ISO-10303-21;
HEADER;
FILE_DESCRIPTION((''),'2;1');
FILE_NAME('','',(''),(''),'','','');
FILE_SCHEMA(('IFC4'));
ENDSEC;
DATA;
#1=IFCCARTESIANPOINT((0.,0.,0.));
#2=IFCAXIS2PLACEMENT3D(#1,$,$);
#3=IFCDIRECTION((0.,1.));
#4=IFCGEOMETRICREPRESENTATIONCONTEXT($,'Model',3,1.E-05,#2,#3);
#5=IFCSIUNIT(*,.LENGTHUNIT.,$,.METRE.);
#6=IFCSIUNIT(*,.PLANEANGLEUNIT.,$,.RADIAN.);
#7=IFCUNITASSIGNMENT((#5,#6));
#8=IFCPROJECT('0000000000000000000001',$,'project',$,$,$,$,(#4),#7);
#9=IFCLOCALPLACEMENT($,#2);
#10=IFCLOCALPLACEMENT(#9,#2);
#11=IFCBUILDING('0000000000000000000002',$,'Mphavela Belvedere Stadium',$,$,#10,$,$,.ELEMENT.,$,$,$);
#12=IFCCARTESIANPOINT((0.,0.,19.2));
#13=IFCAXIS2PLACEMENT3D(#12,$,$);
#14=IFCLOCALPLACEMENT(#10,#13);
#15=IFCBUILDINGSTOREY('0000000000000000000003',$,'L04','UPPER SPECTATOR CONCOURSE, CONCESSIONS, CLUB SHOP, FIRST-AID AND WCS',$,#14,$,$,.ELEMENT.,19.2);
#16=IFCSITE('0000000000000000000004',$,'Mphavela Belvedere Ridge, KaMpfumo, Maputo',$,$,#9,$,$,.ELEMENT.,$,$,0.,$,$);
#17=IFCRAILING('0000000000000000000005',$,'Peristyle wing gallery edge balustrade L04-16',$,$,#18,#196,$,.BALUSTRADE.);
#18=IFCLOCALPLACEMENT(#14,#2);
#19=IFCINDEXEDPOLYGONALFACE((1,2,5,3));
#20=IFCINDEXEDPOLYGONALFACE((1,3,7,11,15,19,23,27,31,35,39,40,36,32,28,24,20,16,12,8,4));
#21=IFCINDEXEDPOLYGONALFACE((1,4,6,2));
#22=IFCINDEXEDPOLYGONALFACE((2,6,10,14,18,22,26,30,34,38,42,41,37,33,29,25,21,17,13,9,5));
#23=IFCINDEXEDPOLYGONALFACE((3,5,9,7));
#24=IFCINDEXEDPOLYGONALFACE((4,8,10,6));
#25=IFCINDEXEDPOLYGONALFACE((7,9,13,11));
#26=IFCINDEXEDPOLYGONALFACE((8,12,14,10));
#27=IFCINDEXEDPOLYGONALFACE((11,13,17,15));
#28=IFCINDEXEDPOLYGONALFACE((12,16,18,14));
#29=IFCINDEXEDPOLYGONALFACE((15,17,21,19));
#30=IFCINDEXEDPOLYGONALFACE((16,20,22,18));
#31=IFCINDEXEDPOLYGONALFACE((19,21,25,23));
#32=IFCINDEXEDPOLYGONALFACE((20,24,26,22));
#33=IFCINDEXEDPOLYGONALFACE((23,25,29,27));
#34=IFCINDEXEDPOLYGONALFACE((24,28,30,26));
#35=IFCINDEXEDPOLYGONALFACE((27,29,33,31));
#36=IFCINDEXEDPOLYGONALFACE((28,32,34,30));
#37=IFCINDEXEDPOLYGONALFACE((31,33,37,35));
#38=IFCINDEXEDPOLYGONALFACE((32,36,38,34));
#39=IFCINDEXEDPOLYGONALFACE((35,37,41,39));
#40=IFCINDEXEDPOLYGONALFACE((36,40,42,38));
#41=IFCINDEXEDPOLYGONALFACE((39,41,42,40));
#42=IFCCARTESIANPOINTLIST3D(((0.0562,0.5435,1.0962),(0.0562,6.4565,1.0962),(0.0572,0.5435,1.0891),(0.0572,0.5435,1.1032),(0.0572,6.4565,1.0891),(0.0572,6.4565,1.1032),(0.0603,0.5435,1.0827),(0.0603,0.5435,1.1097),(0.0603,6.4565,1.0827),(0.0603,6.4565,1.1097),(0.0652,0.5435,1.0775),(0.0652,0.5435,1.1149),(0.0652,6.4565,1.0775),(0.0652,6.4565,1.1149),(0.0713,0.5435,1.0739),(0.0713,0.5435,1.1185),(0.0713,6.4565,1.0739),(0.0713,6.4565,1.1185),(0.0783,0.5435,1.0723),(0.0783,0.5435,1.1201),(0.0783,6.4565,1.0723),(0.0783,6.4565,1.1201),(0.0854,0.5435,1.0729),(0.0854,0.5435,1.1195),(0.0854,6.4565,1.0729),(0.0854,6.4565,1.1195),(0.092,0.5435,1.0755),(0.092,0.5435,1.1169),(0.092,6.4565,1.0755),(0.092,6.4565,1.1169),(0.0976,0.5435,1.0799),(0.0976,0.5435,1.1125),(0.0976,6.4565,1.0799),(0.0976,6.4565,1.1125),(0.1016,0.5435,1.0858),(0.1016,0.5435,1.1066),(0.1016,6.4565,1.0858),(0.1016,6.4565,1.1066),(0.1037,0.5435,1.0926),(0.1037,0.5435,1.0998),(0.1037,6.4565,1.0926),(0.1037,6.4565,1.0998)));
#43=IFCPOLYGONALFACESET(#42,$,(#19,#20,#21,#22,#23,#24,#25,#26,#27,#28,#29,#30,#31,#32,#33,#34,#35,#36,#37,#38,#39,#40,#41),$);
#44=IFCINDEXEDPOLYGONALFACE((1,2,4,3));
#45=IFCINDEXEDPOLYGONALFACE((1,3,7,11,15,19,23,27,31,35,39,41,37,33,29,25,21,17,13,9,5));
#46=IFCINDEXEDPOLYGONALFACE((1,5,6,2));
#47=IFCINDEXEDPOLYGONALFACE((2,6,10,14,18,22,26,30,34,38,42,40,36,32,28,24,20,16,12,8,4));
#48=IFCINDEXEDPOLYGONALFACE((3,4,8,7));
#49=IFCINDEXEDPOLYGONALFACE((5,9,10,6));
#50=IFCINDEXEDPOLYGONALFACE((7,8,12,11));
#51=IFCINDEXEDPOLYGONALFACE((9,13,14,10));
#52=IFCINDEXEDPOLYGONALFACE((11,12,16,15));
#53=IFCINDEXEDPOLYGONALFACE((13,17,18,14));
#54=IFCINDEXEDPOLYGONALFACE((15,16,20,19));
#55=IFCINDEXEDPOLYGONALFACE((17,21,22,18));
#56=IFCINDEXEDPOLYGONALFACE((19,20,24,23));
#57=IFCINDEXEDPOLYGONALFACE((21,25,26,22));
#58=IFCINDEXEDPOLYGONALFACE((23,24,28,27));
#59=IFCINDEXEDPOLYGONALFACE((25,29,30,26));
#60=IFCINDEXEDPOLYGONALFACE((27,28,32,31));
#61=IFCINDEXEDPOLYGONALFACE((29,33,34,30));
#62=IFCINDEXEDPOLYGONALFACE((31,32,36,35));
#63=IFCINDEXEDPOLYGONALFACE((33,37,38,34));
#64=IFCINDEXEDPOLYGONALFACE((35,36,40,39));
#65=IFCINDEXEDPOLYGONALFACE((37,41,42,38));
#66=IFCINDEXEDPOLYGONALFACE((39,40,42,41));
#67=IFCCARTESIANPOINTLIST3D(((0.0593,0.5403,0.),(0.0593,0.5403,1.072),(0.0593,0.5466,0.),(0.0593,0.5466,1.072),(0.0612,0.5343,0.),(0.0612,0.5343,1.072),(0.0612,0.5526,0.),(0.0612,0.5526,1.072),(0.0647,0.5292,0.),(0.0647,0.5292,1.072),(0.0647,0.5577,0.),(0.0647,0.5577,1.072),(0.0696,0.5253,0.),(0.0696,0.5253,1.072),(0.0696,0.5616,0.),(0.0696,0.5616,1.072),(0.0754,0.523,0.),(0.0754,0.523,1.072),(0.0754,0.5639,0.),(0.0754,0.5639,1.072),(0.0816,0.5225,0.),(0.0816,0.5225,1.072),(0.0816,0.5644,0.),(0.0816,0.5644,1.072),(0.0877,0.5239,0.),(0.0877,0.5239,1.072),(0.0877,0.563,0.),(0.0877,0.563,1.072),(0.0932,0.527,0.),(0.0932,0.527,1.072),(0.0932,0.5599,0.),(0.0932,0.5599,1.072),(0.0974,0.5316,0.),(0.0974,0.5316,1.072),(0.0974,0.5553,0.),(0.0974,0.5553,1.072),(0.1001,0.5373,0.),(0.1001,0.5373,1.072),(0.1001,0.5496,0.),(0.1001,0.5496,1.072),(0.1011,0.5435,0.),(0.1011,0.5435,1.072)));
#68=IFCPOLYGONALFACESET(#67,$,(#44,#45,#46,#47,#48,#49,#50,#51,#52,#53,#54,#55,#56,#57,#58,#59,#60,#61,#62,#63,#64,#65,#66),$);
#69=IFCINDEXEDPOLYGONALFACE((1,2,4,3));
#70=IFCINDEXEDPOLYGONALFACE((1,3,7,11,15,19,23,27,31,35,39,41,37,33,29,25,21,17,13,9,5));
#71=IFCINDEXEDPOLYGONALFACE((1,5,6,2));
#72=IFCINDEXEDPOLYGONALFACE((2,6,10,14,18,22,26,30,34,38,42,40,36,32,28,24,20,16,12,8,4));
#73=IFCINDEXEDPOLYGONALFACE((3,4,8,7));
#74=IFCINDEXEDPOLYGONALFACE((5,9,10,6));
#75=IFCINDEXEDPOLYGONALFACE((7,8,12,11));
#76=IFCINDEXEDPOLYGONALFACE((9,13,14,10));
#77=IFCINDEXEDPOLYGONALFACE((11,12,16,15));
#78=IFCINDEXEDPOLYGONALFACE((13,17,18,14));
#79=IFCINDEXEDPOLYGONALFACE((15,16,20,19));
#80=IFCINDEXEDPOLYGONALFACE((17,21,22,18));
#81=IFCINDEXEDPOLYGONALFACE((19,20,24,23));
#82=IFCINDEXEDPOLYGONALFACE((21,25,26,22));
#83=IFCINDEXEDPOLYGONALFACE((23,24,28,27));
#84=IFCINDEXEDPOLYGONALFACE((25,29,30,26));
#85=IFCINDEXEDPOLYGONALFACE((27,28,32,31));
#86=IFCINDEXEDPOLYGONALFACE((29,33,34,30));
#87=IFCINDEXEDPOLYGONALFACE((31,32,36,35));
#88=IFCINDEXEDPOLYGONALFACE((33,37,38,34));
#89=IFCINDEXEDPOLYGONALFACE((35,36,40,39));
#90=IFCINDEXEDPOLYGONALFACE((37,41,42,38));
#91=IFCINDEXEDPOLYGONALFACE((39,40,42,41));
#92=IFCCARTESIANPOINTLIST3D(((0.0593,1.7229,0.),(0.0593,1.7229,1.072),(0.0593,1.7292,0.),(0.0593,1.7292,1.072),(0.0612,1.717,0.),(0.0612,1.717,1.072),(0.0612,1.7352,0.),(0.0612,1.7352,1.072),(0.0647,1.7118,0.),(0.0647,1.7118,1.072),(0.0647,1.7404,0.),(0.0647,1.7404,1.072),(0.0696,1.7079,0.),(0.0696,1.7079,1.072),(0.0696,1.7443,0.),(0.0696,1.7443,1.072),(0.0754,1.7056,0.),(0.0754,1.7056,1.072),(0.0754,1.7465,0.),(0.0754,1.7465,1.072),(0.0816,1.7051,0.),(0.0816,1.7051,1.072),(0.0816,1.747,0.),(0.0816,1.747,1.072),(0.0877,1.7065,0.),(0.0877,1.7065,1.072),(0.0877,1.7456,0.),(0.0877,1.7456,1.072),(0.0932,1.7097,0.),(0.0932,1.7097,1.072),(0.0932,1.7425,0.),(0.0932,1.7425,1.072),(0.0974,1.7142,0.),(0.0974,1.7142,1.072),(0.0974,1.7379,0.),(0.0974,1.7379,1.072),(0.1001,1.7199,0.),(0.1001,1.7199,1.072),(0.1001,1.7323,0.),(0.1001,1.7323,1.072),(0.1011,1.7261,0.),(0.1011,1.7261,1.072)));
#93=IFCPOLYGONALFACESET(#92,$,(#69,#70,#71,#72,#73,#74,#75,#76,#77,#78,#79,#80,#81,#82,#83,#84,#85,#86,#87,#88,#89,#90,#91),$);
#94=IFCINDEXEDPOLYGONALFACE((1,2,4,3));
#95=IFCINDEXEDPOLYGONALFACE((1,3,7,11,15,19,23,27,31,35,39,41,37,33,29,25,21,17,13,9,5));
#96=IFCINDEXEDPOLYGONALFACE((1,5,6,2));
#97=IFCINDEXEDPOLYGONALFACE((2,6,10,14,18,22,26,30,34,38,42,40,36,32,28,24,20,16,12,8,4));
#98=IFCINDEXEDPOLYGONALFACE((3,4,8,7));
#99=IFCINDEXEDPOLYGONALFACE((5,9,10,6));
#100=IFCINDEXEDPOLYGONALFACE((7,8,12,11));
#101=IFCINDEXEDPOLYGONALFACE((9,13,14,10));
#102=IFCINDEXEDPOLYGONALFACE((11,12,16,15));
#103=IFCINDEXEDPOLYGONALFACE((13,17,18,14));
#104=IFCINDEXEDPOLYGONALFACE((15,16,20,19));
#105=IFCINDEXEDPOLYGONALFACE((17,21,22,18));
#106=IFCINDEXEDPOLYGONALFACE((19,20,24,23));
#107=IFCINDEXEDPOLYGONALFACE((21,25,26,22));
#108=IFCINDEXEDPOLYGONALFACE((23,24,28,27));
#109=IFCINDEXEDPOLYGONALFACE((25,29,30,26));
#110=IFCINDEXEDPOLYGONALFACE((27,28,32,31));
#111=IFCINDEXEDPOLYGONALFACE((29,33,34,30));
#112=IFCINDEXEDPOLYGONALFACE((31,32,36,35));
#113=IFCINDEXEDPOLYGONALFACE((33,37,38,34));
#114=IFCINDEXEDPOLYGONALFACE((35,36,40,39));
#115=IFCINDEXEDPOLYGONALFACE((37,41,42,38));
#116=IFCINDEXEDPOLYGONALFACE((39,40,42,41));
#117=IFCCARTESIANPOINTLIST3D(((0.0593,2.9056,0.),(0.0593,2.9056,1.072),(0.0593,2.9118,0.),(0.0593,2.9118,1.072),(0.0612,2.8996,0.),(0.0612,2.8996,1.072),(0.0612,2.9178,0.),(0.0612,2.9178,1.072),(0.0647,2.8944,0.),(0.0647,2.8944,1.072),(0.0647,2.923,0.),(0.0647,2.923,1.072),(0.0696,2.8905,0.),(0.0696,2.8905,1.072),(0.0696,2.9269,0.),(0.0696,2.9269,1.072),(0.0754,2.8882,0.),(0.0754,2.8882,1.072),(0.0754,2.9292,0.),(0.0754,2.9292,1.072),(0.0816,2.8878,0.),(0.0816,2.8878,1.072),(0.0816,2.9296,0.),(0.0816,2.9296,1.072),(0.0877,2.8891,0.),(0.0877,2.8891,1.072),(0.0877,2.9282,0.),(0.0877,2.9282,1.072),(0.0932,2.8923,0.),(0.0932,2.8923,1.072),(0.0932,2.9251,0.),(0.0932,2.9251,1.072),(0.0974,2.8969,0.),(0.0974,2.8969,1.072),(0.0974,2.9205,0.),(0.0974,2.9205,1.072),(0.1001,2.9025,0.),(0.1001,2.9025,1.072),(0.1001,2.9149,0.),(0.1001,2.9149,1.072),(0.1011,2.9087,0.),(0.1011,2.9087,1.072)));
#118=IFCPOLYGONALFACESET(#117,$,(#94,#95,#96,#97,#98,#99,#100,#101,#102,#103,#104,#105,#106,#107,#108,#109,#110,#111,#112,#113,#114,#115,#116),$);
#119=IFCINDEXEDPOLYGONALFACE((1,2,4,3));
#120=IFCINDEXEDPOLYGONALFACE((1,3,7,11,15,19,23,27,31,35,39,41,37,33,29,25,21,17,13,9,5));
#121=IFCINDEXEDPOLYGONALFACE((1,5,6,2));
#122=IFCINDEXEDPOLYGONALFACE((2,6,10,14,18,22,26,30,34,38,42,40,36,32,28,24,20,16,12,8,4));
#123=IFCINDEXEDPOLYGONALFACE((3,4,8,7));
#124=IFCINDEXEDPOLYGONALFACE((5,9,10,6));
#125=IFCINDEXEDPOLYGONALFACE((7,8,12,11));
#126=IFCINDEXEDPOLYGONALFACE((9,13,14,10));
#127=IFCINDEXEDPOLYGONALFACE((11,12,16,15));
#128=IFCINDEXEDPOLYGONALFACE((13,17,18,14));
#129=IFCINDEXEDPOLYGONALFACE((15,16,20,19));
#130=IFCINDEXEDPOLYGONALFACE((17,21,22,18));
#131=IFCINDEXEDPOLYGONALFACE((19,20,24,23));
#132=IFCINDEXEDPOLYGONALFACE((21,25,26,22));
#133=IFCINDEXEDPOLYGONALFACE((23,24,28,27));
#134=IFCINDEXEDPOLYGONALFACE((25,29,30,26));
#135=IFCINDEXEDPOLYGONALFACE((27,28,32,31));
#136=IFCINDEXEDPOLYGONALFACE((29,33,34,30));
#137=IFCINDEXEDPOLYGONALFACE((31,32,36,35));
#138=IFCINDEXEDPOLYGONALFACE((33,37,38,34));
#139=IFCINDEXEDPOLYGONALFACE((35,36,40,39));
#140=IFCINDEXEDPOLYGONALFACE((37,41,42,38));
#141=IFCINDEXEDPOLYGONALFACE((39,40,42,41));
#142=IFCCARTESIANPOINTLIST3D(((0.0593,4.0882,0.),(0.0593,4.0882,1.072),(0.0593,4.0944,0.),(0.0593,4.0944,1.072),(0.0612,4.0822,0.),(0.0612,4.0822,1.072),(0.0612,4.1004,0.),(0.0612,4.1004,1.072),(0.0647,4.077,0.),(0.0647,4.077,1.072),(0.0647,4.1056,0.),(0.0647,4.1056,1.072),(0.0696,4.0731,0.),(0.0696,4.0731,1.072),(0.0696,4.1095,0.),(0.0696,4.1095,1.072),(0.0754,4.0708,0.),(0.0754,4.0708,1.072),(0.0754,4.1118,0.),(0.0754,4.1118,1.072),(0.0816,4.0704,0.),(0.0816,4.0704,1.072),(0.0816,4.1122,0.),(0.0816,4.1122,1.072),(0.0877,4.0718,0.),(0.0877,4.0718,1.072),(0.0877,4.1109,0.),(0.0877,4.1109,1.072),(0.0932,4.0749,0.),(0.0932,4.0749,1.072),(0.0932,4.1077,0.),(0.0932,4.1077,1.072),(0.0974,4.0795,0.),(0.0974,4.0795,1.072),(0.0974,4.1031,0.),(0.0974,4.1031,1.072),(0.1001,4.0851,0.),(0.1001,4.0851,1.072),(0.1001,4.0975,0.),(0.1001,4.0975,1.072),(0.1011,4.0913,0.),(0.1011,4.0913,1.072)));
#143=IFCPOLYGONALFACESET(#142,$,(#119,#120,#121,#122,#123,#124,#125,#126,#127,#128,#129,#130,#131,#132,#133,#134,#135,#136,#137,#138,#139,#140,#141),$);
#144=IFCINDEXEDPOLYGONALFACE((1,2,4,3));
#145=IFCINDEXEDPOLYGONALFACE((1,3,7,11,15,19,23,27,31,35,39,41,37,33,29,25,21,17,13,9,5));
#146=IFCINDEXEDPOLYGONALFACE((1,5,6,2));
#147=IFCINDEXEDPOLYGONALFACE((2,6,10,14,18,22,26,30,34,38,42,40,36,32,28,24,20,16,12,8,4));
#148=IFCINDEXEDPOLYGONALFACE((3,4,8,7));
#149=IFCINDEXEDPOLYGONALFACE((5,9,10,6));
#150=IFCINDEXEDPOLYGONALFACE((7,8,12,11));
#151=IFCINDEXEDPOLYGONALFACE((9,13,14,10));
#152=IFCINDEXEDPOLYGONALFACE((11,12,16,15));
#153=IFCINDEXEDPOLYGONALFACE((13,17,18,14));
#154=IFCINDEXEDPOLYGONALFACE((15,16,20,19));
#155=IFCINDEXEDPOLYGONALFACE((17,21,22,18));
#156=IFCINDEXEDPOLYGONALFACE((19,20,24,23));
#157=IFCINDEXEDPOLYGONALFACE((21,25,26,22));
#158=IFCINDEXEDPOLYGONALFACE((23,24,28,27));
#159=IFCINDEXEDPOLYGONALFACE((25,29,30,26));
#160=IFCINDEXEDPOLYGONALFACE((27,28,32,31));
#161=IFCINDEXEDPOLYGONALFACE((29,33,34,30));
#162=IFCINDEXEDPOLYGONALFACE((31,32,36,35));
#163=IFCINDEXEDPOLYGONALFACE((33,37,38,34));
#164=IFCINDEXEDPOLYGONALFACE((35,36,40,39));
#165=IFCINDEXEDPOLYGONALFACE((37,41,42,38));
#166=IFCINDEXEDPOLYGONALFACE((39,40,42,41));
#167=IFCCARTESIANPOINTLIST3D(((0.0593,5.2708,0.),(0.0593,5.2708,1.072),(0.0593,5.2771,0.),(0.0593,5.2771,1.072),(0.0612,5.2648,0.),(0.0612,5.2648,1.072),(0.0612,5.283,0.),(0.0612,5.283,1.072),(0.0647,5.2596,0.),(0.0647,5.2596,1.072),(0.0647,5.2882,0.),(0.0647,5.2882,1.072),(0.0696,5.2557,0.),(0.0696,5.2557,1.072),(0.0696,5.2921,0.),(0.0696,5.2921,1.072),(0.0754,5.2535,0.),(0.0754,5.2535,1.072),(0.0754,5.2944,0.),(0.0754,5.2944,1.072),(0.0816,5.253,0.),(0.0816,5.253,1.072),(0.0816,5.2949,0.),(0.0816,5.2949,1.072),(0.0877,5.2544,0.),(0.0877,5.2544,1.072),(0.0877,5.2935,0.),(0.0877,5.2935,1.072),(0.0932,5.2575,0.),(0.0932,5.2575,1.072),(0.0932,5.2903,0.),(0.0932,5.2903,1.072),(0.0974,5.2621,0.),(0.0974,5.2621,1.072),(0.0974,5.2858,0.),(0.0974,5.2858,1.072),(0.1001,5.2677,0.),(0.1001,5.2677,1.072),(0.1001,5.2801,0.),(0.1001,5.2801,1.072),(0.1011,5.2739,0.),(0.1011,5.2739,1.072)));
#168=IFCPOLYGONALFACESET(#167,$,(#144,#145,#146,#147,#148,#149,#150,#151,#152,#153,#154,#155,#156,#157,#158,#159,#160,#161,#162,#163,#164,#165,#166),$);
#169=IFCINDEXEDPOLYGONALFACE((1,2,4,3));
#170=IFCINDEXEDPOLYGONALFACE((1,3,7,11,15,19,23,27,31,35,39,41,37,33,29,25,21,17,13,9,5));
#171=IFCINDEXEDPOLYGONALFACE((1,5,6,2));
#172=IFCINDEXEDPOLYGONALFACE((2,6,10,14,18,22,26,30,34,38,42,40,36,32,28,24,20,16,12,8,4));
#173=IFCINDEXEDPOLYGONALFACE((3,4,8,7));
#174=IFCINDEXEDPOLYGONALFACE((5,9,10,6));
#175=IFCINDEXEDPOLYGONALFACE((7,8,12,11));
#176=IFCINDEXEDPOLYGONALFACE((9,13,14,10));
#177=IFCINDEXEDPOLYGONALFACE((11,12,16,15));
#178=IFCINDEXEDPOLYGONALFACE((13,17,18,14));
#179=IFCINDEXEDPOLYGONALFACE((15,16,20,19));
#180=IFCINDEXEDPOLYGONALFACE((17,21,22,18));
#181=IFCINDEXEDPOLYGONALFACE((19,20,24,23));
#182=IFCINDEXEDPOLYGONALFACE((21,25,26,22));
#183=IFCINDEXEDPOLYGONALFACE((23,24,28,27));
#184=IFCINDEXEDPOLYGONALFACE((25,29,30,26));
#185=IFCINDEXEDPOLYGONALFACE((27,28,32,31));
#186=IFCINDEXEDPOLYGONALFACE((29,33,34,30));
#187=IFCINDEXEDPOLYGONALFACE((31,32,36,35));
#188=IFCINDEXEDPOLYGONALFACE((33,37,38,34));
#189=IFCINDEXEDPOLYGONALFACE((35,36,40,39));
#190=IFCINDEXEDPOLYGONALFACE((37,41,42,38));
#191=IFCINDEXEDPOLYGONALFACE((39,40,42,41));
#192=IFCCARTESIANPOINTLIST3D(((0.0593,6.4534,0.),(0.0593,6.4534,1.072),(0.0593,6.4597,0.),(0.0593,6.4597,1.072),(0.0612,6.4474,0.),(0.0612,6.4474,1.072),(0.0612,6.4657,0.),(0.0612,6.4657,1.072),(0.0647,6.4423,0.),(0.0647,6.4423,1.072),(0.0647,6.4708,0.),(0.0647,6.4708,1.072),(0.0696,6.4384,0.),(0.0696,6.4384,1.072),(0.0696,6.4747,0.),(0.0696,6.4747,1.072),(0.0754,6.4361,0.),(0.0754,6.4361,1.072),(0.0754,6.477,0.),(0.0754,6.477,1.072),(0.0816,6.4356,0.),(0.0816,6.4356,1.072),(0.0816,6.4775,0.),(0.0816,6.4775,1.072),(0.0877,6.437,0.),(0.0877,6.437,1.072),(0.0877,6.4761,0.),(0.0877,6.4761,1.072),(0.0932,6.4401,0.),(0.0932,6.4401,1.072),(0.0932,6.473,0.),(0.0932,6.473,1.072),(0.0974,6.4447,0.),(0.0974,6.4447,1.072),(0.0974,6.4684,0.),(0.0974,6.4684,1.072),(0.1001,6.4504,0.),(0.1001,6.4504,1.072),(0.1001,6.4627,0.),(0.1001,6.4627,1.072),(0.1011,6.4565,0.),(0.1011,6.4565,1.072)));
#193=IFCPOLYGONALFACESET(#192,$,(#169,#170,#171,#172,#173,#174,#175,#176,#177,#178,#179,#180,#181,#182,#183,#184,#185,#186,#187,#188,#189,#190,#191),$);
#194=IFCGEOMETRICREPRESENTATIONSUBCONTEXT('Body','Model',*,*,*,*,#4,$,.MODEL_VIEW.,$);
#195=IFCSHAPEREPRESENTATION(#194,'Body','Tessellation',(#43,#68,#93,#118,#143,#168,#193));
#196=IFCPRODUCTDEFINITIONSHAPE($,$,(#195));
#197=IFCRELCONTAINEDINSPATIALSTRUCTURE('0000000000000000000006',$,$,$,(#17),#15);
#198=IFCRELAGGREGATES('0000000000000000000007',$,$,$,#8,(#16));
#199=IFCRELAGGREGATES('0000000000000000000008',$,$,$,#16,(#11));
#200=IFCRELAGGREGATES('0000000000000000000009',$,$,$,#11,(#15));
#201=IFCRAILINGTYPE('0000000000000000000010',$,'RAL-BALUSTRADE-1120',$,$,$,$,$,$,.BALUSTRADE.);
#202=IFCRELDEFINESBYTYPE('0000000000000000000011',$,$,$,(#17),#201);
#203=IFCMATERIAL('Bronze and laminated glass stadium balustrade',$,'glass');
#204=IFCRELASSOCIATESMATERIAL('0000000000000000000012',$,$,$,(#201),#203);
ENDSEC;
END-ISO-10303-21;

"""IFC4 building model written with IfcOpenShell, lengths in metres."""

from ifc_helpers import new_model, si_unit, direction, frame, origin, origin_2d, place, context, subcontext, project, spatial, circle, extrude, material, type_object, element, save


model = new_model("IFC4")

# Units and contexts
model_context = context("Model", 3, precision=1e-05, world=origin(), true_north=direction((0.0, 1.0)))
body_context = subcontext(model_context, "Body", "Model", "MODEL_VIEW")
ifc_project = project(units=[si_unit("LENGTHUNIT", "METRE"), si_unit("PLANEANGLEUNIT", "RADIAN")], contexts=[model_context])

# Site, building, storey
site_placement = place(None, origin())
site = spatial("IfcSite", under=ifc_project, at=site_placement, Name="Mphavela Belvedere Ridge, KaMpfumo, Maputo", CompositionType="ELEMENT", RefElevation=0.0)
building_placement = place(site_placement, origin())
building = spatial("IfcBuilding", under=site, at=building_placement, Name="Mphavela Belvedere Stadium", CompositionType="ELEMENT")
storey_placement = place(building_placement, frame((0.0, 0.0, 19.2)))
storey = spatial("IfcBuildingStorey", under=building, at=storey_placement, Name="L04", Description="UPPER SPECTATOR CONCOURSE, CONCESSIONS, CLUB SHOP, FIRST-AID AND WCS", CompositionType="ELEMENT", Elevation=19.2)

# Railing
ifc_material_1 = material(Name="Bronze and laminated glass stadium balustrade", Category="glass")
railing_type = type_object("IfcRailingType", Name="RAL-BALUSTRADE-1120", PredefinedType="BALUSTRADE", material=ifc_material_1)
for number, where, name in (
    (1, (0.0801, 0.5435, 0.0), "Peristyle wing gallery edge balustrade L04-16"),
):
    element("IfcRailing", number, at=place(storey_placement, frame(where)), inside=storey, type_object=railing_type, Name=name, PredefinedType="BALUSTRADE", context=body_context, shape_type="SweptSolid", body=[
        extrude(circle(Radius=0.0239, at=origin_2d()), frame((0.0, 0.0, 1.0962), z_axis=(0.0, 1.0, 0.0), x_axis=(-1.0, 0.0, 0.0)), (0.0, 0.0, 1.0), 5.9131),
        extrude(circle(Radius=0.021, at=origin_2d()), origin(), (0.0, 0.0, 1.0), 1.072),
        extrude(circle(Radius=0.021, at=origin_2d()), frame((0.0, 1.1826, 0.0)), (0.0, 0.0, 1.0), 1.072),
        extrude(circle(Radius=0.021, at=origin_2d()), frame((0.0, 2.3652, 0.0)), (0.0, 0.0, 1.0), 1.072),
        extrude(circle(Radius=0.021, at=origin_2d()), frame((0.0, 3.5479, 0.0)), (0.0, 0.0, 1.0), 1.072),
        extrude(circle(Radius=0.021, at=origin_2d()), frame((0.0, 4.7305, 0.0)), (0.0, 0.0, 1.0), 1.072),
        extrude(circle(Radius=0.021, at=origin_2d()), frame((0.0, 5.9131, 0.0)), (0.0, 0.0, 1.0), 1.072),
    ])

save(model, "model.ifc")
